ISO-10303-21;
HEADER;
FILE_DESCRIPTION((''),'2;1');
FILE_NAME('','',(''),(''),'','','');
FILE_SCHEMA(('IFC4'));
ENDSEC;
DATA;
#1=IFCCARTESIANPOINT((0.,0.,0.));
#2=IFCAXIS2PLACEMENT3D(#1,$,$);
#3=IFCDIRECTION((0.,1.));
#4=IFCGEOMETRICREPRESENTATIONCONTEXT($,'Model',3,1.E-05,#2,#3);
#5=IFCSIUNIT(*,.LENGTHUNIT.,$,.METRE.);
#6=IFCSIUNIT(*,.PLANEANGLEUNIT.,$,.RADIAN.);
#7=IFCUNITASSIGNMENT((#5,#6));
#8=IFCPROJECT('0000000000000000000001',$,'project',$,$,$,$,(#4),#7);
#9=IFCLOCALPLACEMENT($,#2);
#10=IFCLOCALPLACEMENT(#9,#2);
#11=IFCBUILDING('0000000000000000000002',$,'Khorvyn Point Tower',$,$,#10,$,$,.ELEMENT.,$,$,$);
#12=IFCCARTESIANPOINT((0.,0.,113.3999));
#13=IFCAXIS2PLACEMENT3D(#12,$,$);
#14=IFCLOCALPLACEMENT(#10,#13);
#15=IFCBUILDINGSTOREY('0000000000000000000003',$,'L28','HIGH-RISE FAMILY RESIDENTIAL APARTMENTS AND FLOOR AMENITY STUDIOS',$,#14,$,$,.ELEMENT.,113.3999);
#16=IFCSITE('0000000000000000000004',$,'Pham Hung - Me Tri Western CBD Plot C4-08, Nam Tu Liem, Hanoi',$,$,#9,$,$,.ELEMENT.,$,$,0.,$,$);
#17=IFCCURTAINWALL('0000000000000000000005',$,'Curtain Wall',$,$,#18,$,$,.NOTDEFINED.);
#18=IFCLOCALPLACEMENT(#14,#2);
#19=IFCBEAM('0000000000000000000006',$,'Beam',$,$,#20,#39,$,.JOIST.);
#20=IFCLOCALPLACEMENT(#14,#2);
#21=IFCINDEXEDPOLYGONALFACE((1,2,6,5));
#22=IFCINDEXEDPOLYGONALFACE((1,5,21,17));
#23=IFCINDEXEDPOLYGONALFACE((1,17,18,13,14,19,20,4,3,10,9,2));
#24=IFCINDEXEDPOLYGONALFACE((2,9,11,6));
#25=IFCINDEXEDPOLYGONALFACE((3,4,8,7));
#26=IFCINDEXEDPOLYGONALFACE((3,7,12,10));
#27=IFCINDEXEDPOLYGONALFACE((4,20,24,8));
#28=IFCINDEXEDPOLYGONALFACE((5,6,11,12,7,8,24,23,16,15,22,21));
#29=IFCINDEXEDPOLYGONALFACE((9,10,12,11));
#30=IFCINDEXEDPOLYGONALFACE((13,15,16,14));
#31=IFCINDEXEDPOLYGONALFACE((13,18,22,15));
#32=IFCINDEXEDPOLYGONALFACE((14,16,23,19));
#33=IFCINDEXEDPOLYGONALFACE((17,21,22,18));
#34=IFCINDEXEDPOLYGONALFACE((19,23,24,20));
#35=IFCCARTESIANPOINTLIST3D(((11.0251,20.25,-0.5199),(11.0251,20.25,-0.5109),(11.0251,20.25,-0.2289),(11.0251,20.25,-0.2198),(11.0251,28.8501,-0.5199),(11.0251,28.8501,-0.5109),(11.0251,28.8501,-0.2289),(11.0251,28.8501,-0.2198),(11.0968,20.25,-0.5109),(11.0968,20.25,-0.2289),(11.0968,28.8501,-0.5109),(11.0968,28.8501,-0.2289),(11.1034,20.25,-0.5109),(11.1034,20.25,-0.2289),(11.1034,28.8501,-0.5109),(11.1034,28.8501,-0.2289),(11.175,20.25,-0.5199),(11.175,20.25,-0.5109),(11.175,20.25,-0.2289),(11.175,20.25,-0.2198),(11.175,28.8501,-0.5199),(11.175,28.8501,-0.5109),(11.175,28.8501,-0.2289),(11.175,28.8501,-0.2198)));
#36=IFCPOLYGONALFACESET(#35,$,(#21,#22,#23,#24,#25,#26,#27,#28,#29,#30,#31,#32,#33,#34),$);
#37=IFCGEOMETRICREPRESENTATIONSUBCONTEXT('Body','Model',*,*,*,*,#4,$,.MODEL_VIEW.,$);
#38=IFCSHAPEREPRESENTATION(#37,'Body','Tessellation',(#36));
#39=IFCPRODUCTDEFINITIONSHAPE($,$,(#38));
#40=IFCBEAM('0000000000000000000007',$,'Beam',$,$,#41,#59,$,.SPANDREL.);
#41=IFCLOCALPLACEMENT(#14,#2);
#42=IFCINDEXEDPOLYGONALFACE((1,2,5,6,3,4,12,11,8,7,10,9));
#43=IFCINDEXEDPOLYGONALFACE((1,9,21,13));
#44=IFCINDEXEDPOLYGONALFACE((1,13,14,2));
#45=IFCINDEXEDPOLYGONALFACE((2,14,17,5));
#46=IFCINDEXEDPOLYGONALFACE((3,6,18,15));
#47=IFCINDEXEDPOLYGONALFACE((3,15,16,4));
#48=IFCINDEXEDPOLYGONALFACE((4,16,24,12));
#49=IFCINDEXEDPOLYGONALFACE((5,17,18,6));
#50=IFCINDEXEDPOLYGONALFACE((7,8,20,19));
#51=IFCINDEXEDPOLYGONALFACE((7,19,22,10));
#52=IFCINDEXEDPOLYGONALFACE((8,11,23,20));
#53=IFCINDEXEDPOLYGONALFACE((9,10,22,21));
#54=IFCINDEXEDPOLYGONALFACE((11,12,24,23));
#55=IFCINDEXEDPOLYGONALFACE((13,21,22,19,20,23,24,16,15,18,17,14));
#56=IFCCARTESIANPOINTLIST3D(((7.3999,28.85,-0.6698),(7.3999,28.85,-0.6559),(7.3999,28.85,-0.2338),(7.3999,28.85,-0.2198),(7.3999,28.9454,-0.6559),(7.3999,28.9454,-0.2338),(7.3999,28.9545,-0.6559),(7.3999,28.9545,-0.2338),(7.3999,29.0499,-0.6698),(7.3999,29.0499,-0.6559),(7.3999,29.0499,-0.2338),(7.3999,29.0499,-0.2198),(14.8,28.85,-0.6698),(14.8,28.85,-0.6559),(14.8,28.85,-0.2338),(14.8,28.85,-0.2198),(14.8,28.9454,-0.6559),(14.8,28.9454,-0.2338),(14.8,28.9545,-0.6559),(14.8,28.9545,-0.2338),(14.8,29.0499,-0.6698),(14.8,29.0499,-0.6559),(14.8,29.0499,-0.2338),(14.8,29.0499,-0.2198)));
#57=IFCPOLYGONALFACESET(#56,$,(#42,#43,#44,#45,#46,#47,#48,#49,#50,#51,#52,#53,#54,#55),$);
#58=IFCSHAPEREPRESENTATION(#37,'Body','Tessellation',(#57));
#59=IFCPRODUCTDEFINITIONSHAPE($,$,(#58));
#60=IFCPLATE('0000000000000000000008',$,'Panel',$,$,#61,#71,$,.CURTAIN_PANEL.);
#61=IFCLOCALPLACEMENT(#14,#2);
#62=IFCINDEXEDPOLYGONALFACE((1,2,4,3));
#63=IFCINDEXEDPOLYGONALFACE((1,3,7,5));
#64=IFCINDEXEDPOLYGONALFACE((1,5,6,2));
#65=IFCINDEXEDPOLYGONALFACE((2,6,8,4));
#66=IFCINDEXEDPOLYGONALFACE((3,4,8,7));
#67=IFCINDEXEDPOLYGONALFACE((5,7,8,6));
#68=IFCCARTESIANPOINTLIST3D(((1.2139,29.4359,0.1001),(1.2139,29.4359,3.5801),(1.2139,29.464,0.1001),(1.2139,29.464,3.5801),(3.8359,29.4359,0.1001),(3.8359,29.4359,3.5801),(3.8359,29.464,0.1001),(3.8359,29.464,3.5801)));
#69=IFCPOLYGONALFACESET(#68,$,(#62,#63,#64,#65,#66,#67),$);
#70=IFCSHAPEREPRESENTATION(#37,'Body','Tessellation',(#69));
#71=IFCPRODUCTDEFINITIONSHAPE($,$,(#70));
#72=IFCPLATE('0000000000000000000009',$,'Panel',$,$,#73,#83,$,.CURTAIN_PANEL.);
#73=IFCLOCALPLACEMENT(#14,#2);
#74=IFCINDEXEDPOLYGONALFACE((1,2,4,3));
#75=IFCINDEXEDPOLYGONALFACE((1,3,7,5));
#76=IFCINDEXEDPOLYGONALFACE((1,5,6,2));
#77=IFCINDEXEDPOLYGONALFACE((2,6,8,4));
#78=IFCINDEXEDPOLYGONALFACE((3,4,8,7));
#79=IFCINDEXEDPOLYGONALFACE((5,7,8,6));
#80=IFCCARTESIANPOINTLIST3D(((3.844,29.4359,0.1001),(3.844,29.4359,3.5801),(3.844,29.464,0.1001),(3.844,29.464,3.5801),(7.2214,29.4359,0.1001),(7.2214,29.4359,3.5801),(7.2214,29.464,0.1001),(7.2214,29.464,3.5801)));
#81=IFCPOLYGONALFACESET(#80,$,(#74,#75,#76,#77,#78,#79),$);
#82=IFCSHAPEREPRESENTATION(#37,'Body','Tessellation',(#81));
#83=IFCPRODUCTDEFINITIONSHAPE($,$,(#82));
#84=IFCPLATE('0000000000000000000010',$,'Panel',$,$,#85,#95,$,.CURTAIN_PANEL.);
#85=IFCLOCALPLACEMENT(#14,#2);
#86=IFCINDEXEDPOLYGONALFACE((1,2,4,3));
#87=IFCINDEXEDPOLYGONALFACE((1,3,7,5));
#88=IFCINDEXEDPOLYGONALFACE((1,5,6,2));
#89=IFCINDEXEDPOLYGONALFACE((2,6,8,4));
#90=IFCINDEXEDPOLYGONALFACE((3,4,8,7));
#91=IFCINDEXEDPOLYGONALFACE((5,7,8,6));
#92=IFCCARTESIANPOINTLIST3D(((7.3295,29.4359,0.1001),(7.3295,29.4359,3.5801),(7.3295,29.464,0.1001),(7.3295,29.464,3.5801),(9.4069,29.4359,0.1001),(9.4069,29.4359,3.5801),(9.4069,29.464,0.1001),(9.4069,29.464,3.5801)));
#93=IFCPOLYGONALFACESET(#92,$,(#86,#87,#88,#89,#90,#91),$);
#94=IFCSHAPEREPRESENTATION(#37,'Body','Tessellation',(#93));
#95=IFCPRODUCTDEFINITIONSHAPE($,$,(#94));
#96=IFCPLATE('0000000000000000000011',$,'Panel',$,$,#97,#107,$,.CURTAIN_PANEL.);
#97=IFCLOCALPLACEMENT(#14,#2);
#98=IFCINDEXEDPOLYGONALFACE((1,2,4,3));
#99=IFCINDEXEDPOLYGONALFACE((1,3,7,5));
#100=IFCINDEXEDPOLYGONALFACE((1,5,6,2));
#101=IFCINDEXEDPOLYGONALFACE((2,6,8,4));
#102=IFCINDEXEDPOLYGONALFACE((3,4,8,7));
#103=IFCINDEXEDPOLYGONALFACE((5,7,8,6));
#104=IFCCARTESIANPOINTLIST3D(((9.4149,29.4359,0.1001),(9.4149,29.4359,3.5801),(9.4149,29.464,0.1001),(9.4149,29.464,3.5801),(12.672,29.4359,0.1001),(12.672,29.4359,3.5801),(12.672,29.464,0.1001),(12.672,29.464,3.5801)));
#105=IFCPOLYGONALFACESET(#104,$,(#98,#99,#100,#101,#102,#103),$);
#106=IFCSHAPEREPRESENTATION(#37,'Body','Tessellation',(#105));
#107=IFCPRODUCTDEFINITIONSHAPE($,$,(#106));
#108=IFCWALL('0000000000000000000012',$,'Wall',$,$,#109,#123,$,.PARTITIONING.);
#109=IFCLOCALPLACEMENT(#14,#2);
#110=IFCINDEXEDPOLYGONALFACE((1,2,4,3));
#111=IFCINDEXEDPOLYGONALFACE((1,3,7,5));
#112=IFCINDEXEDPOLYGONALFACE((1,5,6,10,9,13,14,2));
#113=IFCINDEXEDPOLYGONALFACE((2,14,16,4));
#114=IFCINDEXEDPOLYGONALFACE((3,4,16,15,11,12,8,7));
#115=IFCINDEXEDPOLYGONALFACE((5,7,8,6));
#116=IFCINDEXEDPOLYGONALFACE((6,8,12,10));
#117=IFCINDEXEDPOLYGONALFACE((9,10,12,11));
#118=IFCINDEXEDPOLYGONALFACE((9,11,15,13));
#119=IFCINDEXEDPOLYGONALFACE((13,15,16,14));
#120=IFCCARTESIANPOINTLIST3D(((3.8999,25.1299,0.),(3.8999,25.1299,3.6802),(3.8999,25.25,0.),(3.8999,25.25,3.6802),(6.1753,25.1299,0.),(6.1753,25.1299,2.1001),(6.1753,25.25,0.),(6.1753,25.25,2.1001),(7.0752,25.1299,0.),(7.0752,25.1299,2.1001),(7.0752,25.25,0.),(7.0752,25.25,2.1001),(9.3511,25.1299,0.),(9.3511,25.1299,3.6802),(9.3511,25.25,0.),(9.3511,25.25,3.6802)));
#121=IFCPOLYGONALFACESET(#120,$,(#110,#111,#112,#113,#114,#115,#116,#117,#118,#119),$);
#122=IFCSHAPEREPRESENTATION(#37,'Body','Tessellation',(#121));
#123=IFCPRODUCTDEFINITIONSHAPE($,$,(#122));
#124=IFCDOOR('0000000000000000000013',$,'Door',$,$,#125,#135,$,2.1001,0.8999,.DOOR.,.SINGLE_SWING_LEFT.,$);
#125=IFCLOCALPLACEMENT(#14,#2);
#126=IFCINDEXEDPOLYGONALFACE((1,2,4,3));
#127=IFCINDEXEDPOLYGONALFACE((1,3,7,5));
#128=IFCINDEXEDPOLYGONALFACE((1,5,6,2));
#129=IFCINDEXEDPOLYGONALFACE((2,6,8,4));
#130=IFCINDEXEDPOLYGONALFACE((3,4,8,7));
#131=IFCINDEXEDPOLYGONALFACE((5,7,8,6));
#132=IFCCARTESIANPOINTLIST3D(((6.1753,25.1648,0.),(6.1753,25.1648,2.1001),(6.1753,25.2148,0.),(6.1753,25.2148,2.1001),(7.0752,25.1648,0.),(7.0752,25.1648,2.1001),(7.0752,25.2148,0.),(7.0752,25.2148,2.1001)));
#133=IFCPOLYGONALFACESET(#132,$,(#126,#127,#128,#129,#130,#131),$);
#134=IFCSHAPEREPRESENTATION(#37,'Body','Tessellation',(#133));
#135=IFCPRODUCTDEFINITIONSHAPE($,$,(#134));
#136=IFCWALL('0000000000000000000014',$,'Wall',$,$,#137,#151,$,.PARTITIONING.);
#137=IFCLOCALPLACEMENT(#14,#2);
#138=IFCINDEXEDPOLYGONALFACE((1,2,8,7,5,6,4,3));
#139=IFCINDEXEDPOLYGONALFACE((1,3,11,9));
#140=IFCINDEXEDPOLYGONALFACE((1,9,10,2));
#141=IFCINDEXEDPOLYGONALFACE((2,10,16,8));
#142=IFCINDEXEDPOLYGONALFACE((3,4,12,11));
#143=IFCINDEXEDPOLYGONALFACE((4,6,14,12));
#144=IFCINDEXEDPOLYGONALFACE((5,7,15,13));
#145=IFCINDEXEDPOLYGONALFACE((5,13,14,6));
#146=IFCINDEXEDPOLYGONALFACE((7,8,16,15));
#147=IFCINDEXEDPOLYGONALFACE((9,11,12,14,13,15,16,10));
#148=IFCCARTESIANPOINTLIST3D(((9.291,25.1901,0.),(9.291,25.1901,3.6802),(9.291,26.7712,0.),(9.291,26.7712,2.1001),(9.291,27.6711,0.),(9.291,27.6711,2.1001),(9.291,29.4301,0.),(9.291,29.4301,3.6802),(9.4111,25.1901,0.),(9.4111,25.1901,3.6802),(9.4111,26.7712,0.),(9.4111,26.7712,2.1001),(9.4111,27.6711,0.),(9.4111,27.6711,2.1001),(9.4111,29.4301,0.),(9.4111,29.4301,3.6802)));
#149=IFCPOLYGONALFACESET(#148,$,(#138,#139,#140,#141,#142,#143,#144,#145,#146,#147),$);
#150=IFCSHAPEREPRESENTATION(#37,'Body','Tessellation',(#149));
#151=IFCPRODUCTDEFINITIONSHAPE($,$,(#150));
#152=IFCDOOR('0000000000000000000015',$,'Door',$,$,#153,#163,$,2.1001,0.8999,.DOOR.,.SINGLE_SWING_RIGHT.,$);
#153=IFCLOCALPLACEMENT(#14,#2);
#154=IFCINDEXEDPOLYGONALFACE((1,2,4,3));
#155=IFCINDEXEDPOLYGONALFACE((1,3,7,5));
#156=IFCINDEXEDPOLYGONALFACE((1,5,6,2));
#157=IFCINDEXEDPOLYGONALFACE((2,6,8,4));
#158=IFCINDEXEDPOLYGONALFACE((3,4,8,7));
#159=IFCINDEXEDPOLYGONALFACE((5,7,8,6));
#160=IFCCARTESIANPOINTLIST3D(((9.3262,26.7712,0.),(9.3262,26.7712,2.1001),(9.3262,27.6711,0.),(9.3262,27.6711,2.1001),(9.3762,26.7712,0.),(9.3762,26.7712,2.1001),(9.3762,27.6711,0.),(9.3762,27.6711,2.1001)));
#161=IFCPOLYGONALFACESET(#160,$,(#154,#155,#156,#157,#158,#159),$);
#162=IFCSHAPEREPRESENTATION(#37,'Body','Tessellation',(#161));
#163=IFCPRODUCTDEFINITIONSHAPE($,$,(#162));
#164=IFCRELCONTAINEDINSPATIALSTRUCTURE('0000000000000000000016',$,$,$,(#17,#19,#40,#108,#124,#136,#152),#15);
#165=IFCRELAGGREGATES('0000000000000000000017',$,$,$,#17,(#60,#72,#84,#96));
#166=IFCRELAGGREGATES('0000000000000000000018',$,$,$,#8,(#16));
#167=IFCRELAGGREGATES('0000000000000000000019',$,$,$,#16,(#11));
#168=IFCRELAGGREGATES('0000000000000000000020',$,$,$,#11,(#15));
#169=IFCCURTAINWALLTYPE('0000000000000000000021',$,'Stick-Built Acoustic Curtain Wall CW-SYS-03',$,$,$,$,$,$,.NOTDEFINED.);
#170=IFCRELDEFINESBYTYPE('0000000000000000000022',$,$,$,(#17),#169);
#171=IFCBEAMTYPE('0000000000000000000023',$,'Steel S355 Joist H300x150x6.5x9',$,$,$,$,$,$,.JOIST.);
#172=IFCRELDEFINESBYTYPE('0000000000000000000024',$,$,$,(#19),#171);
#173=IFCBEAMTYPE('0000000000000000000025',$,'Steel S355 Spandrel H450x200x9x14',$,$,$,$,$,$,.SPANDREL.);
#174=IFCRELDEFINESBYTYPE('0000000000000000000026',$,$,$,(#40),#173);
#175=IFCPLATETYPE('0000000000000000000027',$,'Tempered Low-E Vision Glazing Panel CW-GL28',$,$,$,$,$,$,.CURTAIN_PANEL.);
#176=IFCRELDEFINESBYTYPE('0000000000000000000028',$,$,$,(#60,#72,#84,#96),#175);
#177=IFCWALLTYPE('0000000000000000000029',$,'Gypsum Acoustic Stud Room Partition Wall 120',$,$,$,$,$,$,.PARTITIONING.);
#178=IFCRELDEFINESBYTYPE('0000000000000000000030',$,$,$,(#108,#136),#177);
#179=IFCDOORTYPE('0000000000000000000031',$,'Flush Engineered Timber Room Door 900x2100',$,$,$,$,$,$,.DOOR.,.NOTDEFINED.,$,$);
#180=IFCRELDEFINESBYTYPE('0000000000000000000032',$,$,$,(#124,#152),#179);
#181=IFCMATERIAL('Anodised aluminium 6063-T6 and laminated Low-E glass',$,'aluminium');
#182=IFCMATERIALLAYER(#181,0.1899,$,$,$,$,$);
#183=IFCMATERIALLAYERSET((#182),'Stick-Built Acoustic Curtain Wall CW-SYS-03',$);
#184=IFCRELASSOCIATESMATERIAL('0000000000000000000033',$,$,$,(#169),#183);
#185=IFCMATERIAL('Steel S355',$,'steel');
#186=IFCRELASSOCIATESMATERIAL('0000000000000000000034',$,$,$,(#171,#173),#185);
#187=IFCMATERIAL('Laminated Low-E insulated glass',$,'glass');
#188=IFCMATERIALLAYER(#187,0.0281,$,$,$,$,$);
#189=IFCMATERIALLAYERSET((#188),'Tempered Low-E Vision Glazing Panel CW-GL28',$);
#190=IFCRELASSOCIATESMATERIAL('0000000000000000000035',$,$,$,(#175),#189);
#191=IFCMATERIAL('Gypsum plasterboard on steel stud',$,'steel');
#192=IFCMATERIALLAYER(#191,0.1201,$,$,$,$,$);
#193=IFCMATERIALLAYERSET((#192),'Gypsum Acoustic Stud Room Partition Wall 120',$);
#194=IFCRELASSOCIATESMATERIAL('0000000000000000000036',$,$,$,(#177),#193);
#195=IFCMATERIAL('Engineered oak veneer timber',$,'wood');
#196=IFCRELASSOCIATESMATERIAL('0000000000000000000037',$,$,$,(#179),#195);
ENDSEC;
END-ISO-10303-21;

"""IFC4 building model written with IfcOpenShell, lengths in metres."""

from ifc_helpers import new_model, si_unit, direction, frame, frame_2d, origin, origin_2d, place, context, subcontext, project, spatial, rectangle, i_section, extrude, material, layer, layer_set, material_profile, profile_set, type_object, element, fill, aggregate, save


model = new_model("IFC4")

# Units and contexts
model_context = context("Model", 3, precision=1e-05, world=origin(), true_north=direction((0.0, 1.0)))
body_context = subcontext(model_context, "Body", "Model", "MODEL_VIEW")
ifc_project = project(units=[si_unit("LENGTHUNIT", "METRE"), si_unit("PLANEANGLEUNIT", "RADIAN")], contexts=[model_context])

# Site, building, storey
site_placement = place(None, origin())
site = spatial("IfcSite", under=ifc_project, at=site_placement, Name="Pham Hung - Me Tri Western CBD Plot C4-08, Nam Tu Liem, Hanoi", CompositionType="ELEMENT", RefElevation=0.0)
building_placement = place(site_placement, origin())
building = spatial("IfcBuilding", under=site, at=building_placement, Name="Khorvyn Point Tower", CompositionType="ELEMENT")
storey_placement = place(building_placement, frame((0.0, 0.0, 113.3999)))
storey = spatial("IfcBuildingStorey", under=building, at=storey_placement, Name="L28", Description="HIGH-RISE FAMILY RESIDENTIAL APARTMENTS AND FLOOR AMENITY STUDIOS", CompositionType="ELEMENT", Elevation=113.3999)

# Curtain wall
ifc_material_1 = material(Name="Anodised aluminium 6063-T6 and laminated Low-E glass", Category="aluminium")
ifc_layer_1 = layer(ifc_material_1, 0.1899)
ifc_layer_set_1 = layer_set([ifc_layer_1], Name="Stick-Built Acoustic Curtain Wall CW-SYS-03")
curtain_wall_type = type_object("IfcCurtainWallType", Name="Stick-Built Acoustic Curtain Wall CW-SYS-03", PredefinedType="NOTDEFINED", material=ifc_layer_set_1)
curtain_wall_placement = place(storey_placement, origin())
curtain_wall = element("IfcCurtainWall", 1, at=curtain_wall_placement, inside=storey, type_object=curtain_wall_type, Name="Curtain Wall", PredefinedType="NOTDEFINED")

# Beams
ifc_material_2 = material(Name="Steel S355", Category="steel")
ifc_material_profile_1 = material_profile(ifc_material_2, i_section(OverallWidth=0.1499, OverallDepth=0.3, WebThickness=0.0066, FlangeThickness=0.009, at=origin_2d()))
ifc_profile_set_1 = profile_set([ifc_material_profile_1], Name="Steel S355 H300x150x6.5x9")
beam_type_1 = type_object("IfcBeamType", Name="Steel S355 Joist H300x150x6.5x9", PredefinedType="JOIST", material=ifc_profile_set_1)
beam_1_placement = place(storey_placement, frame((11.1001, 20.25, -0.3699), z_axis=(0.0, 1.0, 0.0), x_axis=(-1.0, 0.0, 0.0)))
element("IfcBeam", 2, at=beam_1_placement, inside=storey, type_object=beam_type_1, Name="Beam", PredefinedType="JOIST", context=body_context, shape_type="SweptSolid", body=[
    extrude(i_section(OverallWidth=0.1499, OverallDepth=0.3, WebThickness=0.0066, FlangeThickness=0.009, at=origin_2d()), origin(), (0.0, 0.0, 1.0), 8.6001),
])
ifc_material_profile_2 = material_profile(ifc_material_2, i_section(OverallWidth=0.2, OverallDepth=0.45, WebThickness=0.009, FlangeThickness=0.0139, at=origin_2d()))
ifc_profile_set_2 = profile_set([ifc_material_profile_2], Name="Steel S355 H450x200x9x14")
beam_type_2 = type_object("IfcBeamType", Name="Steel S355 Spandrel H450x200x9x14", PredefinedType="SPANDREL", material=ifc_profile_set_2)
beam_2_placement = place(storey_placement, frame((7.3999, 28.95, -0.4448), z_axis=(1.0, 0.0, 0.0), x_axis=(0.0, 1.0, 0.0)))
element("IfcBeam", 3, at=beam_2_placement, inside=storey, type_object=beam_type_2, Name="Beam", PredefinedType="SPANDREL", context=body_context, shape_type="SweptSolid", body=[
    extrude(i_section(OverallWidth=0.2, OverallDepth=0.45, WebThickness=0.009, FlangeThickness=0.0139, at=origin_2d()), origin(), (0.0, 0.0, 1.0), 7.4001),
])

# Plates
ifc_material_3 = material(Name="Laminated Low-E insulated glass", Category="glass")
ifc_layer_2 = layer(ifc_material_3, 0.0281)
ifc_layer_set_2 = layer_set([ifc_layer_2], Name="Tempered Low-E Vision Glazing Panel CW-GL28")
plate_type = type_object("IfcPlateType", Name="Tempered Low-E Vision Glazing Panel CW-GL28", PredefinedType="CURTAIN_PANEL", material=ifc_layer_set_2)
plate_1_placement = place(storey_placement, frame((2.5249, 29.45, 0.1001), z_axis=(0.0, 0.0, 1.0), x_axis=(1.0, 0.0, 0.0)))
plate_1 = element("IfcPlate", 4, at=plate_1_placement, type_object=plate_type, Name="Panel", PredefinedType="CURTAIN_PANEL", context=body_context, shape_type="SweptSolid", body=[
    extrude(rectangle(XDim=2.6221, YDim=0.0281, at=origin_2d()), origin(), (0.0, 0.0, 1.0), 3.48),
])
plate_2_placement = place(storey_placement, frame((5.5327, 29.45, 0.1001), z_axis=(0.0, 0.0, 1.0), x_axis=(1.0, 0.0, 0.0)))
plate_2 = element("IfcPlate", 5, at=plate_2_placement, type_object=plate_type, Name="Panel", PredefinedType="CURTAIN_PANEL", context=body_context, shape_type="SweptSolid", body=[
    extrude(rectangle(XDim=3.3774, YDim=0.0281, at=origin_2d()), origin(), (0.0, 0.0, 1.0), 3.48),
])
plate_3_placement = place(storey_placement, frame((8.3682, 29.45, 0.1001), z_axis=(0.0, 0.0, 1.0), x_axis=(1.0, 0.0, 0.0)))
plate_3 = element("IfcPlate", 6, at=plate_3_placement, type_object=plate_type, Name="Panel", PredefinedType="CURTAIN_PANEL", context=body_context, shape_type="SweptSolid", body=[
    extrude(rectangle(XDim=2.0774, YDim=0.0281, at=origin_2d()), origin(), (0.0, 0.0, 1.0), 3.48),
])
plate_4_placement = place(storey_placement, frame((11.0435, 29.45, 0.1001), z_axis=(0.0, 0.0, 1.0), x_axis=(1.0, 0.0, 0.0)))
plate_4 = element("IfcPlate", 7, at=plate_4_placement, type_object=plate_type, Name="Panel", PredefinedType="CURTAIN_PANEL", context=body_context, shape_type="SweptSolid", body=[
    extrude(rectangle(XDim=3.2571, YDim=0.0281, at=origin_2d()), origin(), (0.0, 0.0, 1.0), 3.48),
])
aggregate(curtain_wall, [plate_1, plate_2, plate_3, plate_4])

# Walls, openings, doors
ifc_material_4 = material(Name="Gypsum plasterboard on steel stud", Category="steel")
ifc_layer_3 = layer(ifc_material_4, 0.1201)
ifc_layer_set_3 = layer_set([ifc_layer_3], Name="Gypsum Acoustic Stud Room Partition Wall 120")
wall_type_1 = type_object("IfcWallType", Name="Gypsum Acoustic Stud Room Partition Wall 120", PredefinedType="PARTITIONING", material=ifc_layer_set_3)
wall_1_placement = place(storey_placement, frame((3.8999, 25.1899, 0.0), z_axis=(0.0, 0.0, 1.0), x_axis=(1.0, 0.0, 0.0)))
wall_1 = element("IfcWall", 8, at=wall_1_placement, inside=storey, type_object=wall_type_1, Name="Wall", PredefinedType="PARTITIONING", context=body_context, shape_type="SweptSolid", body=[
    extrude(rectangle(XDim=5.4512, YDim=0.1201, at=frame_2d((2.7256, 0.0))), origin(), (0.0, 0.0, 1.0), 3.6802),
])
opening_1_placement = place(wall_1_placement, frame((2.2754, 0.0, 0.0)))
opening_1 = element("IfcOpeningElement", 9, at=opening_1_placement, cuts=wall_1, PredefinedType="OPENING", context=body_context, shape_type="SweptSolid", body=[
    extrude(rectangle(XDim=0.8999, YDim=2.1001, at=frame_2d((0.45, 1.05))), frame((0.0, 0.0701, 0.0), z_axis=(0.0, -1.0, 0.0), x_axis=(1.0, 0.0, 0.0)), (0.0, 0.0, 1.0), 0.1401),
])
ifc_material_5 = material(Name="Engineered oak veneer timber", Category="wood")
door_type_1 = type_object("IfcDoorType", Name="Flush Engineered Timber Room Door 900x2100", OperationType="NOTDEFINED", PredefinedType="DOOR", material=ifc_material_5)
door_1_placement = place(opening_1_placement, origin())
door_1 = element("IfcDoor", 10, at=door_1_placement, inside=storey, type_object=door_type_1, Name="Door", OperationType="SINGLE_SWING_LEFT", OverallHeight=2.1001, OverallWidth=0.8999, PredefinedType="DOOR", context=body_context, shape_type="SweptSolid", body=[
    extrude(rectangle(XDim=0.8999, YDim=2.1001, at=frame_2d((0.45, 1.05))), frame((0.0, 0.0249, 0.0), z_axis=(0.0, -1.0, 0.0), x_axis=(1.0, 0.0, 0.0)), (0.0, 0.0, 1.0), 0.05),
])
fill(opening_1, door_1)
wall_2_placement = place(storey_placement, frame((9.3511, 25.1899, 0.0), z_axis=(0.0, 0.0, 1.0), x_axis=(0.0, 1.0, 0.0)))
wall_2 = element("IfcWall", 11, at=wall_2_placement, inside=storey, type_object=wall_type_1, Name="Wall", PredefinedType="PARTITIONING", context=body_context, shape_type="SweptSolid", body=[
    extrude(rectangle(XDim=4.24, YDim=0.1201, at=frame_2d((2.1201, 0.0))), origin(), (0.0, 0.0, 1.0), 3.6802),
])
opening_2_placement = place(wall_2_placement, frame((1.5813, 0.0, 0.0)))
opening_2 = element("IfcOpeningElement", 12, at=opening_2_placement, cuts=wall_2, PredefinedType="OPENING", context=body_context, shape_type="SweptSolid", body=[
    extrude(rectangle(XDim=0.8999, YDim=2.1001, at=frame_2d((0.45, 1.05))), frame((0.0, 0.0701, 0.0), z_axis=(0.0, -1.0, 0.0), x_axis=(1.0, 0.0, 0.0)), (0.0, 0.0, 1.0), 0.1401),
])
door_2_placement = place(opening_2_placement, origin())
door_2 = element("IfcDoor", 13, at=door_2_placement, inside=storey, type_object=door_type_1, Name="Door", OperationType="SINGLE_SWING_RIGHT", OverallHeight=2.1001, OverallWidth=0.8999, PredefinedType="DOOR", context=body_context, shape_type="SweptSolid", body=[
    extrude(rectangle(XDim=0.8999, YDim=2.1001, at=frame_2d((0.45, 1.05))), frame((0.0, 0.0249, 0.0), z_axis=(0.0, -1.0, 0.0), x_axis=(1.0, 0.0, 0.0)), (0.0, 0.0, 1.0), 0.05),
])
fill(opening_2, door_2)

save(model, "model.ifc")
